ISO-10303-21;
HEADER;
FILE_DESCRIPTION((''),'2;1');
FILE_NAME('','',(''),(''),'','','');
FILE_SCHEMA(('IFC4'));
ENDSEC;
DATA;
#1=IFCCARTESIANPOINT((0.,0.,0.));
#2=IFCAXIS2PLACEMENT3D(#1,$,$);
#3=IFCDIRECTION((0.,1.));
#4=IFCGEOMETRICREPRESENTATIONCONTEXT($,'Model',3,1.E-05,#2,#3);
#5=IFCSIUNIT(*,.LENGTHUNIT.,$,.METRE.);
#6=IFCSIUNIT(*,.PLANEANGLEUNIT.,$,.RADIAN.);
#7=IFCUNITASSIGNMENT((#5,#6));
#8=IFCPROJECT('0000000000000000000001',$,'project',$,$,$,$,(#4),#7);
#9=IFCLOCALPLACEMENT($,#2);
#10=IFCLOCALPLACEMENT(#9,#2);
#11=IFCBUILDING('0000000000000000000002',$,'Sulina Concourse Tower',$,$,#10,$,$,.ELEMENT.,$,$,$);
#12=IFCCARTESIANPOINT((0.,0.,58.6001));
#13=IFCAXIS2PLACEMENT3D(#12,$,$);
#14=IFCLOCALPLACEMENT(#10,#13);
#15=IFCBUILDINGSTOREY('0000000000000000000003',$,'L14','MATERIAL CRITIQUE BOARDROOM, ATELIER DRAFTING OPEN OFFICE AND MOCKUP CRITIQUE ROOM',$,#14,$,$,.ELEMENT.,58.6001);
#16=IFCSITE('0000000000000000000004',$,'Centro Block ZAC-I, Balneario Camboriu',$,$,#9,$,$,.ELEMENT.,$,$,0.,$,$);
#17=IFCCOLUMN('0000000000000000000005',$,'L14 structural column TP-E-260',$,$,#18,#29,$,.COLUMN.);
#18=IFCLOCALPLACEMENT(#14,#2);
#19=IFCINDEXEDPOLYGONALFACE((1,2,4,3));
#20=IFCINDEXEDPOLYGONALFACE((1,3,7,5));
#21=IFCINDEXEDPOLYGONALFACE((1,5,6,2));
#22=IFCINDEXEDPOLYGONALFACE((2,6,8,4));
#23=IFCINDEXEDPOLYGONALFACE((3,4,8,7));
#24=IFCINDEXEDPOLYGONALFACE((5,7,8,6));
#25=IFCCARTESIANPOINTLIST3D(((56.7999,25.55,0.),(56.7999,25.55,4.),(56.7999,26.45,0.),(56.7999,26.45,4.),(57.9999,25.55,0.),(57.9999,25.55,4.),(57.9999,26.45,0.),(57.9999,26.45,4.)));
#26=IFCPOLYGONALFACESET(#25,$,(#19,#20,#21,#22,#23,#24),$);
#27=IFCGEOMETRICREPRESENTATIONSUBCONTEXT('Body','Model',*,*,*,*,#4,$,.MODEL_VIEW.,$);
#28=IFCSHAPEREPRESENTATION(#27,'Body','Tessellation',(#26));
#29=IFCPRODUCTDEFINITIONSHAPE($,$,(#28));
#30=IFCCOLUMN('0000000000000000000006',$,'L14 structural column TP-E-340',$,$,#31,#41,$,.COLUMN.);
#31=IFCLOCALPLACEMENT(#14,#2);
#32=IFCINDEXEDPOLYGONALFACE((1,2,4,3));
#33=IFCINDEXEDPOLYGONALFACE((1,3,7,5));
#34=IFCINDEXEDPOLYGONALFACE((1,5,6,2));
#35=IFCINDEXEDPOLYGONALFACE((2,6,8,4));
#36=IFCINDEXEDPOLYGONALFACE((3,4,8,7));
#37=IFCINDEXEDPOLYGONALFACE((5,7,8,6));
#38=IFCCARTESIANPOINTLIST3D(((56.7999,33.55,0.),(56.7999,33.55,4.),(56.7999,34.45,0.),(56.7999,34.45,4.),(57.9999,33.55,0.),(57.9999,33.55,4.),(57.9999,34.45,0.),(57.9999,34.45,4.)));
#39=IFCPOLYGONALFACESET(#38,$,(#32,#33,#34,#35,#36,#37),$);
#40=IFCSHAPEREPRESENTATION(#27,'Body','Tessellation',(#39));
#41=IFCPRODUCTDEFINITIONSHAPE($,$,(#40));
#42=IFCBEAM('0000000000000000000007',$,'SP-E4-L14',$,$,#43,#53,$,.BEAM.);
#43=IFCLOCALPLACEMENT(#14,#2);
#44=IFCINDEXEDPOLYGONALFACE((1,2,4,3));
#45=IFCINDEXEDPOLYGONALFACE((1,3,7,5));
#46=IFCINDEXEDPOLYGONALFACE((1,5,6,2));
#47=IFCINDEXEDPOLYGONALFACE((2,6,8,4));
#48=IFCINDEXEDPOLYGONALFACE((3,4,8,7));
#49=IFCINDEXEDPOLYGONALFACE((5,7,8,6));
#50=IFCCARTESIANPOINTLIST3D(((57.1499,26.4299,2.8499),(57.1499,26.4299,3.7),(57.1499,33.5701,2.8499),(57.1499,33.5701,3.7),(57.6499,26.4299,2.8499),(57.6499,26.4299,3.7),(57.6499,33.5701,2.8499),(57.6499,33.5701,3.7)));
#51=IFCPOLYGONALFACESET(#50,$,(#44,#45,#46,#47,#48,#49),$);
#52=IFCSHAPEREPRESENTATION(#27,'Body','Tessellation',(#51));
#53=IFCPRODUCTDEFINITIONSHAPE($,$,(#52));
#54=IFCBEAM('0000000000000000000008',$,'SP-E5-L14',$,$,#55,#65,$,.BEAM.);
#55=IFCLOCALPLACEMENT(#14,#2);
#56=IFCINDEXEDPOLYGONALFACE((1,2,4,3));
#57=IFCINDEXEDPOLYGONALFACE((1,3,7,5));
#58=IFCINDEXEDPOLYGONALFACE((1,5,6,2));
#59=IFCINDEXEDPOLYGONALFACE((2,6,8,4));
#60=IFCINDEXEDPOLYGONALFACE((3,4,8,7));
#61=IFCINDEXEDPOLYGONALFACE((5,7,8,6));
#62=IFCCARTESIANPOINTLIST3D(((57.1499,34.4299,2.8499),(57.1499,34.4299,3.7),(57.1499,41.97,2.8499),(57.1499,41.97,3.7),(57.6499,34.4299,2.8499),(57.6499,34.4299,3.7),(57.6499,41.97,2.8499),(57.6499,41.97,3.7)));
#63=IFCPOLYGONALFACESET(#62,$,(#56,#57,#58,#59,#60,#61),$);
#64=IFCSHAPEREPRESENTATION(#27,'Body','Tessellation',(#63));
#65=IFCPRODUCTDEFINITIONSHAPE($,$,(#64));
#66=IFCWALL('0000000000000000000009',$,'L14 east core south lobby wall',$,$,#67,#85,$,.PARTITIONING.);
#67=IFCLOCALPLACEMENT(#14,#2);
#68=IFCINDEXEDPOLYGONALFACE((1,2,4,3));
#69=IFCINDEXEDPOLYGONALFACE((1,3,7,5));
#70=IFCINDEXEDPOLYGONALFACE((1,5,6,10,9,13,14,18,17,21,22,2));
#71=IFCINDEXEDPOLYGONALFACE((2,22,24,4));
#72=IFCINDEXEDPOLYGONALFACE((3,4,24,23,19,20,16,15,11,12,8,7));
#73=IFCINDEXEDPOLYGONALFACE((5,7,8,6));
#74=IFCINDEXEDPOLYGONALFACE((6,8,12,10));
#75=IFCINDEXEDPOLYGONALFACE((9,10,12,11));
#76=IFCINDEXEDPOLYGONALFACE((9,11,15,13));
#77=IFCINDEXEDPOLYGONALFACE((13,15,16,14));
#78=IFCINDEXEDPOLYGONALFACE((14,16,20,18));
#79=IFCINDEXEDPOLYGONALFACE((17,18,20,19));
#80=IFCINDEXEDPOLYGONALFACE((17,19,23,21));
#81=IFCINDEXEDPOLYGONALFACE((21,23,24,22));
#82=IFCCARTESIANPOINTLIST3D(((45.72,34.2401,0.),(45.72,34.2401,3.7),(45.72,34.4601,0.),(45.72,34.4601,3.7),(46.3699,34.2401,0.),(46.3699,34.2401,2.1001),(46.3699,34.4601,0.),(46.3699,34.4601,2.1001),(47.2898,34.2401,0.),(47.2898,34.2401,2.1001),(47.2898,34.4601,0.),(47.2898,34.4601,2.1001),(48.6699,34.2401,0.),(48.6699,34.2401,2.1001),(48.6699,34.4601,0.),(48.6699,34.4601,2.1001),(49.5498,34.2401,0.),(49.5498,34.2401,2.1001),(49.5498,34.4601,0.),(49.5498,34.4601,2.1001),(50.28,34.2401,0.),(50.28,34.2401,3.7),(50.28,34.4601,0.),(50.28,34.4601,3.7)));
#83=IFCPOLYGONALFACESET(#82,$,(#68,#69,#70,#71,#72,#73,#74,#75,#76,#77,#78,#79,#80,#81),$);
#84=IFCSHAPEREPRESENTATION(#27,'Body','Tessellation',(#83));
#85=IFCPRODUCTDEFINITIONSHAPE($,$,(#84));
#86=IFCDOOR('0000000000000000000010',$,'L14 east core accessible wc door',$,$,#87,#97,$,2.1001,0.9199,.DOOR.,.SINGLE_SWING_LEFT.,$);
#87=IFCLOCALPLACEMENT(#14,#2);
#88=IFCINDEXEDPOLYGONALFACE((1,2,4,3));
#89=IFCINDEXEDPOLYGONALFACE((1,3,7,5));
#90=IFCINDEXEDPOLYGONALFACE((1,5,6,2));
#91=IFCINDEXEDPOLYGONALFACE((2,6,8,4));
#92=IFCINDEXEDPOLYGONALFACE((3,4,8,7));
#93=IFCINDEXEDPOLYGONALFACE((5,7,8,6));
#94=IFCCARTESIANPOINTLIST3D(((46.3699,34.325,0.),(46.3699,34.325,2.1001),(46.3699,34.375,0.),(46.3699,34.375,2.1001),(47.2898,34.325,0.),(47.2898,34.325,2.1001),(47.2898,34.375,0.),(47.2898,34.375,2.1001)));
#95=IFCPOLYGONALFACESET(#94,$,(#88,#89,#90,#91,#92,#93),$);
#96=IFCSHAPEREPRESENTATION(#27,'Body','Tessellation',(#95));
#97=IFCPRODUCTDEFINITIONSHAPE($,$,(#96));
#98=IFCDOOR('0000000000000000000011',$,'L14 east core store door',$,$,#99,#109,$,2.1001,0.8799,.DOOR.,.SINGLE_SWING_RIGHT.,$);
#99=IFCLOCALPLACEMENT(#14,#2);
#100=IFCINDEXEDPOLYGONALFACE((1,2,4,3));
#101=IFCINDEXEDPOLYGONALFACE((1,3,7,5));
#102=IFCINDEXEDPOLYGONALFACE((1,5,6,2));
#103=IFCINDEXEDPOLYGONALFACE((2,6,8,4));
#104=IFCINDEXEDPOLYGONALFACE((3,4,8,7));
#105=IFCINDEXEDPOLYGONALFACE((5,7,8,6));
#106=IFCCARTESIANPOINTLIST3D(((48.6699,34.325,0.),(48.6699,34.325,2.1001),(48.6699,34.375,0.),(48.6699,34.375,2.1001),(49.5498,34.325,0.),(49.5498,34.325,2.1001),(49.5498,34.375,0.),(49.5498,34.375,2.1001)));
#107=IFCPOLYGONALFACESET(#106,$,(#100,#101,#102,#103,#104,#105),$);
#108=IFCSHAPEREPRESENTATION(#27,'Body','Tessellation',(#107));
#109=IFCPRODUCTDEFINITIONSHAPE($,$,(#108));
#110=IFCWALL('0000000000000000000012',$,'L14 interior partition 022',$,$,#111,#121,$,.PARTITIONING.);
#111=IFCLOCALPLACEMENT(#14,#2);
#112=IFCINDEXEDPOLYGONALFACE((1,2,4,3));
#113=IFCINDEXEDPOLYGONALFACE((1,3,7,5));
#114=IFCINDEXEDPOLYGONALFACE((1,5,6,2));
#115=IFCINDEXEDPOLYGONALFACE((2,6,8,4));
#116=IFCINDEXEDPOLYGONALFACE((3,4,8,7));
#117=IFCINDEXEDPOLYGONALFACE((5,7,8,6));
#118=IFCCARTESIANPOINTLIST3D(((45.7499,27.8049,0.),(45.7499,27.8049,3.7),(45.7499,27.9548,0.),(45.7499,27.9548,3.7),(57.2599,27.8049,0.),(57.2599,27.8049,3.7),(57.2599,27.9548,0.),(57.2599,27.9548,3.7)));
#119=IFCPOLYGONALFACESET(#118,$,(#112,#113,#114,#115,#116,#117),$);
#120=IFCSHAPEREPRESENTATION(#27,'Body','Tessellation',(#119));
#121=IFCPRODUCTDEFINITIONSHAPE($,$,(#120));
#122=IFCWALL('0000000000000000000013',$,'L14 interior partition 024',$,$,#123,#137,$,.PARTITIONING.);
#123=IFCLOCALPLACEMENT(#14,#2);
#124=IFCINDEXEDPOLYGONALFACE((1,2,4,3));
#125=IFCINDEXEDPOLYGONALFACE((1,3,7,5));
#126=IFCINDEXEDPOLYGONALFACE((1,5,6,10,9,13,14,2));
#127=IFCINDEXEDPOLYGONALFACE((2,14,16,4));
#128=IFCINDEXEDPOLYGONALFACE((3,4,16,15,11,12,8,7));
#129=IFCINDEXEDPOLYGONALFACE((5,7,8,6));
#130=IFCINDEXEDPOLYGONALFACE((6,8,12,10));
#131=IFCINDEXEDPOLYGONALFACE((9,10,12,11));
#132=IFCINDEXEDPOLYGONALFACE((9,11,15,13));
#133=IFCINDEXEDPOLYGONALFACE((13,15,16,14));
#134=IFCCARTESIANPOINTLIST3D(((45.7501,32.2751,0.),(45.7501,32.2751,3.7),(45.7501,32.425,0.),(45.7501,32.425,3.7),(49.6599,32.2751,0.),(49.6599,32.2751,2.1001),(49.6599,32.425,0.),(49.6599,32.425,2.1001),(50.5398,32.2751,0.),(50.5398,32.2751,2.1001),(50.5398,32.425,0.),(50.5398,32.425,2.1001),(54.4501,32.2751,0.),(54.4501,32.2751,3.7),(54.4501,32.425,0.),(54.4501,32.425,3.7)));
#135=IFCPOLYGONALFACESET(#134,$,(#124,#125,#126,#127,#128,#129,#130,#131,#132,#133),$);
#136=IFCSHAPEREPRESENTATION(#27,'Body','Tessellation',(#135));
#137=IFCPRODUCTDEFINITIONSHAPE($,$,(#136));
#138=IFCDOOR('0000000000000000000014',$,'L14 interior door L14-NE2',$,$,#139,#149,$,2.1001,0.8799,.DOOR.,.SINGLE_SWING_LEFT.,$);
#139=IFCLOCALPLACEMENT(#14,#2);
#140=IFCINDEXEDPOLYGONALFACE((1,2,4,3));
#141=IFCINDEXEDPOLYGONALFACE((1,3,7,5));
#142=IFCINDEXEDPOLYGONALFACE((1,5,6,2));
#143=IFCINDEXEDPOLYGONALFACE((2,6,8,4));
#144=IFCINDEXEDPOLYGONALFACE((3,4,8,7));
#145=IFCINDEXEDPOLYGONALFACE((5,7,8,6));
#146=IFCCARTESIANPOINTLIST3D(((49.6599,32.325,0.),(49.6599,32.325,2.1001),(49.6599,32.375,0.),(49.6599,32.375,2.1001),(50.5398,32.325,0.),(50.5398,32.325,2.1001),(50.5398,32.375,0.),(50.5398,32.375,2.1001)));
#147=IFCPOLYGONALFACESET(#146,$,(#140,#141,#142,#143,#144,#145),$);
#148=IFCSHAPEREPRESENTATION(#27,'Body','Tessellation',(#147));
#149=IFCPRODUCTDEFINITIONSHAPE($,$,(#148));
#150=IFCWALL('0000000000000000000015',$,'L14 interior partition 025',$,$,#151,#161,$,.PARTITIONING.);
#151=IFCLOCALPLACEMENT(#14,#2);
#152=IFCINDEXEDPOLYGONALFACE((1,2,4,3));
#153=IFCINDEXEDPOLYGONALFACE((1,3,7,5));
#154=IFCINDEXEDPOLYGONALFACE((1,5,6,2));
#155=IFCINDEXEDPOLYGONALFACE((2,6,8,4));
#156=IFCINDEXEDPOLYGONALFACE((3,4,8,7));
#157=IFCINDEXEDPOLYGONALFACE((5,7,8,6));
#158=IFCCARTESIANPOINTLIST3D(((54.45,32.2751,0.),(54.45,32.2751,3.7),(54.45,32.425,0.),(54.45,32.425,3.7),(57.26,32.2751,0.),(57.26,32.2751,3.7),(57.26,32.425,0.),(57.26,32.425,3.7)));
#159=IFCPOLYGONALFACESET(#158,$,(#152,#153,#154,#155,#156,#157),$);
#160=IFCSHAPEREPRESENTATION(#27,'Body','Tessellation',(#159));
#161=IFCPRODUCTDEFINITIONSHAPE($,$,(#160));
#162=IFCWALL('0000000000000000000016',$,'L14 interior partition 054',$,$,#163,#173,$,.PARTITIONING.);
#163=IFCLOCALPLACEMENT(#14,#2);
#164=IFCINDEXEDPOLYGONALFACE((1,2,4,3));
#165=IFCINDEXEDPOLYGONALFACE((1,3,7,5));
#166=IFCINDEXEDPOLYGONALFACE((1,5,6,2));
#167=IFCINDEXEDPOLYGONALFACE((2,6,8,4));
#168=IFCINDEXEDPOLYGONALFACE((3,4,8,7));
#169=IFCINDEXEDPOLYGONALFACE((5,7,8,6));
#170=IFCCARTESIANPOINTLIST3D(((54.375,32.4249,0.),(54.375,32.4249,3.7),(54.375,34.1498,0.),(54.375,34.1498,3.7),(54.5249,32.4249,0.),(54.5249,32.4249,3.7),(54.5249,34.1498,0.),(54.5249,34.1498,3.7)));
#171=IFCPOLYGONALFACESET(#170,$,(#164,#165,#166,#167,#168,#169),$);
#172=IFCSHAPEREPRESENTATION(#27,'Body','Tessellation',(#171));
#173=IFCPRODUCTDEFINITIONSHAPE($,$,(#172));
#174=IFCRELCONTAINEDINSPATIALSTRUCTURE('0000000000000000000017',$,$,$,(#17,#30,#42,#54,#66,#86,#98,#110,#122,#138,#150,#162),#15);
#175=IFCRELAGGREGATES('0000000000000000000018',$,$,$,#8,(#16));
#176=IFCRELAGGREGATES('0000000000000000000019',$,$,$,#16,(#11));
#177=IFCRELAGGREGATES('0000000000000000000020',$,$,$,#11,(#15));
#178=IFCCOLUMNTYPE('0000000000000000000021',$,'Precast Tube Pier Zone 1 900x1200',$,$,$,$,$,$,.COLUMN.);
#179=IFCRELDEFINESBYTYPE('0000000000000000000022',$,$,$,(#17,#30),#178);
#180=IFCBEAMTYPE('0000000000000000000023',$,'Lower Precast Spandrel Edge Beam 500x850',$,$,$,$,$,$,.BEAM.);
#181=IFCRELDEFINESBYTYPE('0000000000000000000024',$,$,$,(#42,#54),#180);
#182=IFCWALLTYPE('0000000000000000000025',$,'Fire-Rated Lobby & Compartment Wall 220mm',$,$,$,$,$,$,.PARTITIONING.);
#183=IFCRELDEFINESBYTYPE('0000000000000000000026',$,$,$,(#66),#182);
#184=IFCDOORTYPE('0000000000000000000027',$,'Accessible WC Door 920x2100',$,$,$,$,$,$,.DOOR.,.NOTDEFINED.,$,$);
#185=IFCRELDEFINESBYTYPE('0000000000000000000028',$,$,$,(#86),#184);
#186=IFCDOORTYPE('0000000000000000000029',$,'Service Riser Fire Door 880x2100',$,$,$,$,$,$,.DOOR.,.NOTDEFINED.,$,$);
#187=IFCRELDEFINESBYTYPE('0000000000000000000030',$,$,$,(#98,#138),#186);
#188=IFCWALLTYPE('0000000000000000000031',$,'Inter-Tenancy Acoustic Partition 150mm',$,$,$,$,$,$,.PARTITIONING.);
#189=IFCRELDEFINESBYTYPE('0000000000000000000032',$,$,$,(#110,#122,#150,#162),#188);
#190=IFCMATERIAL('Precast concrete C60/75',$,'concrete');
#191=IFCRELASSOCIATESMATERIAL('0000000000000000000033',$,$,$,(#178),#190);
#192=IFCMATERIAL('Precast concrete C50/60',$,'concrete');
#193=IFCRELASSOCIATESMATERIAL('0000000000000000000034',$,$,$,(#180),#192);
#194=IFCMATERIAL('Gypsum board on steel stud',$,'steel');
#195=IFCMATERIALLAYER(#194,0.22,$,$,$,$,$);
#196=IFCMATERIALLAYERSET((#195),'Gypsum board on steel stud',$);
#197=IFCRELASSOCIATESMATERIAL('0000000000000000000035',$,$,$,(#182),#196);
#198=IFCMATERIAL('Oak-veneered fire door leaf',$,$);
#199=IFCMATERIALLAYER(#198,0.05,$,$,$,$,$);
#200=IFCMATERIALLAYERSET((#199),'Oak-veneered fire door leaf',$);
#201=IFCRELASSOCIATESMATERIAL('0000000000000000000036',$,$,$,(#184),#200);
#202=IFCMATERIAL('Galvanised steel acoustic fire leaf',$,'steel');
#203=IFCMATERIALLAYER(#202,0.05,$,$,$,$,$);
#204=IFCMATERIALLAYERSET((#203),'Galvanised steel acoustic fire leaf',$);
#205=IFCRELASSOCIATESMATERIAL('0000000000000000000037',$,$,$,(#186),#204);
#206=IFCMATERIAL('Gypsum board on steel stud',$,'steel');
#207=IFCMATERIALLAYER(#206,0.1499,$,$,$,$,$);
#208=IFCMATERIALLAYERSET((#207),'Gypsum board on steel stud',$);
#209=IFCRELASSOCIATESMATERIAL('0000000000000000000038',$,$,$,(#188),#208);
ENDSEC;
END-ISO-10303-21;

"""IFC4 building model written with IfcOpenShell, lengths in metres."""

from ifc_helpers import new_model, si_unit, direction, frame, frame_2d, origin, origin_2d, place, context, subcontext, project, spatial, rectangle, extrude, material, layer, layer_set, material_profile, profile_set, type_object, element, fill, save


model = new_model("IFC4")

# Units and contexts
model_context = context("Model", 3, precision=1e-05, world=origin(), true_north=direction((0.0, 1.0)))
body_context = subcontext(model_context, "Body", "Model", "MODEL_VIEW")
ifc_project = project(units=[si_unit("LENGTHUNIT", "METRE"), si_unit("PLANEANGLEUNIT", "RADIAN")], contexts=[model_context])

# Site, building, storey
site_placement = place(None, origin())
site = spatial("IfcSite", under=ifc_project, at=site_placement, Name="Centro Block ZAC-I, Balneario Camboriu", CompositionType="ELEMENT", RefElevation=0.0)
building_placement = place(site_placement, origin())
building = spatial("IfcBuilding", under=site, at=building_placement, Name="Sulina Concourse Tower", CompositionType="ELEMENT")
storey_placement = place(building_placement, frame((0.0, 0.0, 58.6001)))
storey = spatial("IfcBuildingStorey", under=building, at=storey_placement, Name="L14", Description="MATERIAL CRITIQUE BOARDROOM, ATELIER DRAFTING OPEN OFFICE AND MOCKUP CRITIQUE ROOM", CompositionType="ELEMENT", Elevation=58.6001)

# Columns
ifc_material_1 = material(Name="Precast concrete C60/75", Category="concrete")
ifc_material_profile_1 = material_profile(ifc_material_1, rectangle(XDim=0.8999, YDim=1.2, at=origin_2d()), Name="PC 900x1200")
ifc_profile_set_1 = profile_set([ifc_material_profile_1], Name="Precast concrete C60/75")
column_type = type_object("IfcColumnType", Name="Precast Tube Pier Zone 1 900x1200", PredefinedType="COLUMN", material=ifc_profile_set_1)
for number, where, z_axis, x_axis, name in (
    (1, (57.3999, 26.0, 0.0), (0.0, 0.0, 1.0), (0.0, 1.0, 0.0), "L14 structural column TP-E-260"),
    (2, (57.3999, 34.0, 0.0), (0.0, 0.0, 1.0), (0.0, 1.0, 0.0), "L14 structural column TP-E-340"),
):
    element("IfcColumn", number, at=place(storey_placement, frame(where, z_axis=z_axis, x_axis=x_axis)), inside=storey, type_object=column_type, Name=name, PredefinedType="COLUMN", context=body_context, shape_type="SweptSolid", body=[
        extrude(rectangle(XDim=0.8999, YDim=1.2, at=origin_2d()), origin(), (0.0, 0.0, 1.0), 4.0),
    ])

# Beams
ifc_material_2 = material(Name="Precast concrete C50/60", Category="concrete")
ifc_material_profile_2 = material_profile(ifc_material_2, rectangle(XDim=0.5, YDim=0.8501, at=origin_2d()), Name="RC 500x850")
ifc_profile_set_2 = profile_set([ifc_material_profile_2], Name="Precast concrete C50/60")
beam_type = type_object("IfcBeamType", Name="Lower Precast Spandrel Edge Beam 500x850", PredefinedType="BEAM", material=ifc_profile_set_2)
beam_1_placement = place(storey_placement, frame((57.3999, 26.4299, 3.2749), z_axis=(0.0, 1.0, 0.0), x_axis=(-1.0, 0.0, 0.0)))
element("IfcBeam", 3, at=beam_1_placement, inside=storey, type_object=beam_type, Name="SP-E4-L14", PredefinedType="BEAM", context=body_context, shape_type="SweptSolid", body=[
    extrude(rectangle(XDim=0.5, YDim=0.8501, at=origin_2d()), origin(), (0.0, 0.0, 1.0), 7.1401),
])
beam_2_placement = place(storey_placement, frame((57.3999, 34.4299, 3.2749), z_axis=(0.0, 1.0, 0.0), x_axis=(-1.0, 0.0, 0.0)))
element("IfcBeam", 4, at=beam_2_placement, inside=storey, type_object=beam_type, Name="SP-E5-L14", PredefinedType="BEAM", context=body_context, shape_type="SweptSolid", body=[
    extrude(rectangle(XDim=0.5, YDim=0.8501, at=origin_2d()), origin(), (0.0, 0.0, 1.0), 7.54),
])

# Wall, openings, doors
ifc_material_3 = material(Name="Gypsum board on steel stud", Category="steel")
ifc_layer_1 = layer(ifc_material_3, 0.22)
ifc_layer_set_1 = layer_set([ifc_layer_1], Name="Gypsum board on steel stud")
wall_type_1 = type_object("IfcWallType", Name="Fire-Rated Lobby & Compartment Wall 220mm", PredefinedType="PARTITIONING", material=ifc_layer_set_1)
wall_1_placement = place(storey_placement, frame((45.72, 34.3501, 0.0), z_axis=(0.0, 0.0, 1.0), x_axis=(1.0, 0.0, 0.0)))
wall_1 = element("IfcWall", 5, at=wall_1_placement, inside=storey, type_object=wall_type_1, Name="L14 east core south lobby wall", PredefinedType="PARTITIONING", context=body_context, shape_type="SweptSolid", body=[
    extrude(rectangle(XDim=4.5601, YDim=0.22, at=frame_2d((2.28, 0.0))), origin(), (0.0, 0.0, 1.0), 3.7),
])
opening_1_placement = place(wall_1_placement, frame((0.6499, 0.0, 0.0)))
opening_1 = element("IfcOpeningElement", 6, at=opening_1_placement, cuts=wall_1, PredefinedType="OPENING", context=body_context, shape_type="SweptSolid", body=[
    extrude(rectangle(XDim=0.9199, YDim=2.1001, at=frame_2d((0.46, 1.05))), frame((0.0, 0.1199, 0.0), z_axis=(0.0, -1.0, 0.0), x_axis=(1.0, 0.0, 0.0)), (0.0, 0.0, 1.0), 0.24),
])
opening_2_placement = place(wall_1_placement, frame((2.95, 0.0, 0.0)))
opening_2 = element("IfcOpeningElement", 7, at=opening_2_placement, cuts=wall_1, PredefinedType="OPENING", context=body_context, shape_type="SweptSolid", body=[
    extrude(rectangle(XDim=0.8799, YDim=2.1001, at=frame_2d((0.4399, 1.05))), frame((0.0, 0.1199, 0.0), z_axis=(0.0, -1.0, 0.0), x_axis=(1.0, 0.0, 0.0)), (0.0, 0.0, 1.0), 0.24),
])
ifc_material_4 = material(Name="Oak-veneered fire door leaf")
ifc_layer_2 = layer(ifc_material_4, 0.05)
ifc_layer_set_2 = layer_set([ifc_layer_2], Name="Oak-veneered fire door leaf")
door_type_1 = type_object("IfcDoorType", Name="Accessible WC Door 920x2100", OperationType="NOTDEFINED", PredefinedType="DOOR", material=ifc_layer_set_2)
door_1_placement = place(opening_1_placement, origin())
door_1 = element("IfcDoor", 8, at=door_1_placement, inside=storey, type_object=door_type_1, Name="L14 east core accessible wc door", OperationType="SINGLE_SWING_LEFT", OverallHeight=2.1001, OverallWidth=0.9199, PredefinedType="DOOR", context=body_context, shape_type="SweptSolid", body=[
    extrude(rectangle(XDim=0.9199, YDim=2.1001, at=frame_2d((0.46, 1.05))), frame((0.0, 0.0249, 0.0), z_axis=(0.0, -1.0, 0.0), x_axis=(1.0, 0.0, 0.0)), (0.0, 0.0, 1.0), 0.05),
])
fill(opening_1, door_1)
ifc_material_5 = material(Name="Galvanised steel acoustic fire leaf", Category="steel")
ifc_layer_3 = layer(ifc_material_5, 0.05)
ifc_layer_set_3 = layer_set([ifc_layer_3], Name="Galvanised steel acoustic fire leaf")
door_type_2 = type_object("IfcDoorType", Name="Service Riser Fire Door 880x2100", OperationType="NOTDEFINED", PredefinedType="DOOR", material=ifc_layer_set_3)
door_2_placement = place(opening_2_placement, origin())
door_2 = element("IfcDoor", 9, at=door_2_placement, inside=storey, type_object=door_type_2, Name="L14 east core store door", OperationType="SINGLE_SWING_RIGHT", OverallHeight=2.1001, OverallWidth=0.8799, PredefinedType="DOOR", context=body_context, shape_type="SweptSolid", body=[
    extrude(rectangle(XDim=0.8799, YDim=2.1001, at=frame_2d((0.4399, 1.05))), frame((0.0, 0.0249, 0.0), z_axis=(0.0, -1.0, 0.0), x_axis=(1.0, 0.0, 0.0)), (0.0, 0.0, 1.0), 0.05),
])
fill(opening_2, door_2)

# Wall
ifc_material_6 = material(Name="Gypsum board on steel stud", Category="steel")
ifc_layer_4 = layer(ifc_material_6, 0.1499)
ifc_layer_set_4 = layer_set([ifc_layer_4], Name="Gypsum board on steel stud")
wall_type_2 = type_object("IfcWallType", Name="Inter-Tenancy Acoustic Partition 150mm", PredefinedType="PARTITIONING", material=ifc_layer_set_4)
wall_2_placement = place(storey_placement, frame((45.75, 27.8799, 0.0), z_axis=(0.0, 0.0, 1.0), x_axis=(1.0, 0.0, 0.0)))
element("IfcWall", 10, at=wall_2_placement, inside=storey, type_object=wall_type_2, Name="L14 interior partition 022", PredefinedType="PARTITIONING", context=body_context, shape_type="SweptSolid", body=[
    extrude(rectangle(XDim=11.51, YDim=0.1499, at=frame_2d((5.7549, 0.0))), origin(), (0.0, 0.0, 1.0), 3.7),
])

# Wall, opening, door
wall_3_placement = place(storey_placement, frame((45.75, 32.3501, 0.0), z_axis=(0.0, 0.0, 1.0), x_axis=(1.0, 0.0, 0.0)))
wall_3 = element("IfcWall", 11, at=wall_3_placement, inside=storey, type_object=wall_type_2, Name="L14 interior partition 024", PredefinedType="PARTITIONING", context=body_context, shape_type="SweptSolid", body=[
    extrude(rectangle(XDim=8.7, YDim=0.1499, at=frame_2d((4.3501, 0.0))), origin(), (0.0, 0.0, 1.0), 3.7),
])
opening_3_placement = place(wall_3_placement, frame((3.9099, 0.0, 0.0)))
opening_3 = element("IfcOpeningElement", 12, at=opening_3_placement, cuts=wall_3, PredefinedType="OPENING", context=body_context, shape_type="SweptSolid", body=[
    extrude(rectangle(XDim=0.8799, YDim=2.1001, at=frame_2d((0.4399, 1.05))), frame((0.0, 0.085, 0.0), z_axis=(0.0, -1.0, 0.0), x_axis=(1.0, 0.0, 0.0)), (0.0, 0.0, 1.0), 0.1699),
])
door_3_placement = place(opening_3_placement, origin())
door_3 = element("IfcDoor", 13, at=door_3_placement, inside=storey, type_object=door_type_2, Name="L14 interior door L14-NE2", OperationType="SINGLE_SWING_LEFT", OverallHeight=2.1001, OverallWidth=0.8799, PredefinedType="DOOR", context=body_context, shape_type="SweptSolid", body=[
    extrude(rectangle(XDim=0.8799, YDim=2.1001, at=frame_2d((0.4399, 1.05))), frame((0.0, 0.0249, 0.0), z_axis=(0.0, -1.0, 0.0), x_axis=(1.0, 0.0, 0.0)), (0.0, 0.0, 1.0), 0.05),
])
fill(opening_3, door_3)

# Walls
wall_4_placement = place(storey_placement, frame((54.45, 32.3501, 0.0), z_axis=(0.0, 0.0, 1.0), x_axis=(1.0, 0.0, 0.0)))
element("IfcWall", 14, at=wall_4_placement, inside=storey, type_object=wall_type_2, Name="L14 interior partition 025", PredefinedType="PARTITIONING", context=body_context, shape_type="SweptSolid", body=[
    extrude(rectangle(XDim=2.8101, YDim=0.1499, at=frame_2d((1.405, 0.0))), origin(), (0.0, 0.0, 1.0), 3.7),
])
wall_5_placement = place(storey_placement, frame((54.45, 32.425, 0.0), z_axis=(0.0, 0.0, 1.0), x_axis=(0.0, 1.0, 0.0)))
element("IfcWall", 15, at=wall_5_placement, inside=storey, type_object=wall_type_2, Name="L14 interior partition 054", PredefinedType="PARTITIONING", context=body_context, shape_type="SweptSolid", body=[
    extrude(rectangle(XDim=1.7249, YDim=0.1499, at=frame_2d((0.8623, 0.0))), origin(), (0.0, 0.0, 1.0), 3.7),
])

save(model, "model.ifc")
